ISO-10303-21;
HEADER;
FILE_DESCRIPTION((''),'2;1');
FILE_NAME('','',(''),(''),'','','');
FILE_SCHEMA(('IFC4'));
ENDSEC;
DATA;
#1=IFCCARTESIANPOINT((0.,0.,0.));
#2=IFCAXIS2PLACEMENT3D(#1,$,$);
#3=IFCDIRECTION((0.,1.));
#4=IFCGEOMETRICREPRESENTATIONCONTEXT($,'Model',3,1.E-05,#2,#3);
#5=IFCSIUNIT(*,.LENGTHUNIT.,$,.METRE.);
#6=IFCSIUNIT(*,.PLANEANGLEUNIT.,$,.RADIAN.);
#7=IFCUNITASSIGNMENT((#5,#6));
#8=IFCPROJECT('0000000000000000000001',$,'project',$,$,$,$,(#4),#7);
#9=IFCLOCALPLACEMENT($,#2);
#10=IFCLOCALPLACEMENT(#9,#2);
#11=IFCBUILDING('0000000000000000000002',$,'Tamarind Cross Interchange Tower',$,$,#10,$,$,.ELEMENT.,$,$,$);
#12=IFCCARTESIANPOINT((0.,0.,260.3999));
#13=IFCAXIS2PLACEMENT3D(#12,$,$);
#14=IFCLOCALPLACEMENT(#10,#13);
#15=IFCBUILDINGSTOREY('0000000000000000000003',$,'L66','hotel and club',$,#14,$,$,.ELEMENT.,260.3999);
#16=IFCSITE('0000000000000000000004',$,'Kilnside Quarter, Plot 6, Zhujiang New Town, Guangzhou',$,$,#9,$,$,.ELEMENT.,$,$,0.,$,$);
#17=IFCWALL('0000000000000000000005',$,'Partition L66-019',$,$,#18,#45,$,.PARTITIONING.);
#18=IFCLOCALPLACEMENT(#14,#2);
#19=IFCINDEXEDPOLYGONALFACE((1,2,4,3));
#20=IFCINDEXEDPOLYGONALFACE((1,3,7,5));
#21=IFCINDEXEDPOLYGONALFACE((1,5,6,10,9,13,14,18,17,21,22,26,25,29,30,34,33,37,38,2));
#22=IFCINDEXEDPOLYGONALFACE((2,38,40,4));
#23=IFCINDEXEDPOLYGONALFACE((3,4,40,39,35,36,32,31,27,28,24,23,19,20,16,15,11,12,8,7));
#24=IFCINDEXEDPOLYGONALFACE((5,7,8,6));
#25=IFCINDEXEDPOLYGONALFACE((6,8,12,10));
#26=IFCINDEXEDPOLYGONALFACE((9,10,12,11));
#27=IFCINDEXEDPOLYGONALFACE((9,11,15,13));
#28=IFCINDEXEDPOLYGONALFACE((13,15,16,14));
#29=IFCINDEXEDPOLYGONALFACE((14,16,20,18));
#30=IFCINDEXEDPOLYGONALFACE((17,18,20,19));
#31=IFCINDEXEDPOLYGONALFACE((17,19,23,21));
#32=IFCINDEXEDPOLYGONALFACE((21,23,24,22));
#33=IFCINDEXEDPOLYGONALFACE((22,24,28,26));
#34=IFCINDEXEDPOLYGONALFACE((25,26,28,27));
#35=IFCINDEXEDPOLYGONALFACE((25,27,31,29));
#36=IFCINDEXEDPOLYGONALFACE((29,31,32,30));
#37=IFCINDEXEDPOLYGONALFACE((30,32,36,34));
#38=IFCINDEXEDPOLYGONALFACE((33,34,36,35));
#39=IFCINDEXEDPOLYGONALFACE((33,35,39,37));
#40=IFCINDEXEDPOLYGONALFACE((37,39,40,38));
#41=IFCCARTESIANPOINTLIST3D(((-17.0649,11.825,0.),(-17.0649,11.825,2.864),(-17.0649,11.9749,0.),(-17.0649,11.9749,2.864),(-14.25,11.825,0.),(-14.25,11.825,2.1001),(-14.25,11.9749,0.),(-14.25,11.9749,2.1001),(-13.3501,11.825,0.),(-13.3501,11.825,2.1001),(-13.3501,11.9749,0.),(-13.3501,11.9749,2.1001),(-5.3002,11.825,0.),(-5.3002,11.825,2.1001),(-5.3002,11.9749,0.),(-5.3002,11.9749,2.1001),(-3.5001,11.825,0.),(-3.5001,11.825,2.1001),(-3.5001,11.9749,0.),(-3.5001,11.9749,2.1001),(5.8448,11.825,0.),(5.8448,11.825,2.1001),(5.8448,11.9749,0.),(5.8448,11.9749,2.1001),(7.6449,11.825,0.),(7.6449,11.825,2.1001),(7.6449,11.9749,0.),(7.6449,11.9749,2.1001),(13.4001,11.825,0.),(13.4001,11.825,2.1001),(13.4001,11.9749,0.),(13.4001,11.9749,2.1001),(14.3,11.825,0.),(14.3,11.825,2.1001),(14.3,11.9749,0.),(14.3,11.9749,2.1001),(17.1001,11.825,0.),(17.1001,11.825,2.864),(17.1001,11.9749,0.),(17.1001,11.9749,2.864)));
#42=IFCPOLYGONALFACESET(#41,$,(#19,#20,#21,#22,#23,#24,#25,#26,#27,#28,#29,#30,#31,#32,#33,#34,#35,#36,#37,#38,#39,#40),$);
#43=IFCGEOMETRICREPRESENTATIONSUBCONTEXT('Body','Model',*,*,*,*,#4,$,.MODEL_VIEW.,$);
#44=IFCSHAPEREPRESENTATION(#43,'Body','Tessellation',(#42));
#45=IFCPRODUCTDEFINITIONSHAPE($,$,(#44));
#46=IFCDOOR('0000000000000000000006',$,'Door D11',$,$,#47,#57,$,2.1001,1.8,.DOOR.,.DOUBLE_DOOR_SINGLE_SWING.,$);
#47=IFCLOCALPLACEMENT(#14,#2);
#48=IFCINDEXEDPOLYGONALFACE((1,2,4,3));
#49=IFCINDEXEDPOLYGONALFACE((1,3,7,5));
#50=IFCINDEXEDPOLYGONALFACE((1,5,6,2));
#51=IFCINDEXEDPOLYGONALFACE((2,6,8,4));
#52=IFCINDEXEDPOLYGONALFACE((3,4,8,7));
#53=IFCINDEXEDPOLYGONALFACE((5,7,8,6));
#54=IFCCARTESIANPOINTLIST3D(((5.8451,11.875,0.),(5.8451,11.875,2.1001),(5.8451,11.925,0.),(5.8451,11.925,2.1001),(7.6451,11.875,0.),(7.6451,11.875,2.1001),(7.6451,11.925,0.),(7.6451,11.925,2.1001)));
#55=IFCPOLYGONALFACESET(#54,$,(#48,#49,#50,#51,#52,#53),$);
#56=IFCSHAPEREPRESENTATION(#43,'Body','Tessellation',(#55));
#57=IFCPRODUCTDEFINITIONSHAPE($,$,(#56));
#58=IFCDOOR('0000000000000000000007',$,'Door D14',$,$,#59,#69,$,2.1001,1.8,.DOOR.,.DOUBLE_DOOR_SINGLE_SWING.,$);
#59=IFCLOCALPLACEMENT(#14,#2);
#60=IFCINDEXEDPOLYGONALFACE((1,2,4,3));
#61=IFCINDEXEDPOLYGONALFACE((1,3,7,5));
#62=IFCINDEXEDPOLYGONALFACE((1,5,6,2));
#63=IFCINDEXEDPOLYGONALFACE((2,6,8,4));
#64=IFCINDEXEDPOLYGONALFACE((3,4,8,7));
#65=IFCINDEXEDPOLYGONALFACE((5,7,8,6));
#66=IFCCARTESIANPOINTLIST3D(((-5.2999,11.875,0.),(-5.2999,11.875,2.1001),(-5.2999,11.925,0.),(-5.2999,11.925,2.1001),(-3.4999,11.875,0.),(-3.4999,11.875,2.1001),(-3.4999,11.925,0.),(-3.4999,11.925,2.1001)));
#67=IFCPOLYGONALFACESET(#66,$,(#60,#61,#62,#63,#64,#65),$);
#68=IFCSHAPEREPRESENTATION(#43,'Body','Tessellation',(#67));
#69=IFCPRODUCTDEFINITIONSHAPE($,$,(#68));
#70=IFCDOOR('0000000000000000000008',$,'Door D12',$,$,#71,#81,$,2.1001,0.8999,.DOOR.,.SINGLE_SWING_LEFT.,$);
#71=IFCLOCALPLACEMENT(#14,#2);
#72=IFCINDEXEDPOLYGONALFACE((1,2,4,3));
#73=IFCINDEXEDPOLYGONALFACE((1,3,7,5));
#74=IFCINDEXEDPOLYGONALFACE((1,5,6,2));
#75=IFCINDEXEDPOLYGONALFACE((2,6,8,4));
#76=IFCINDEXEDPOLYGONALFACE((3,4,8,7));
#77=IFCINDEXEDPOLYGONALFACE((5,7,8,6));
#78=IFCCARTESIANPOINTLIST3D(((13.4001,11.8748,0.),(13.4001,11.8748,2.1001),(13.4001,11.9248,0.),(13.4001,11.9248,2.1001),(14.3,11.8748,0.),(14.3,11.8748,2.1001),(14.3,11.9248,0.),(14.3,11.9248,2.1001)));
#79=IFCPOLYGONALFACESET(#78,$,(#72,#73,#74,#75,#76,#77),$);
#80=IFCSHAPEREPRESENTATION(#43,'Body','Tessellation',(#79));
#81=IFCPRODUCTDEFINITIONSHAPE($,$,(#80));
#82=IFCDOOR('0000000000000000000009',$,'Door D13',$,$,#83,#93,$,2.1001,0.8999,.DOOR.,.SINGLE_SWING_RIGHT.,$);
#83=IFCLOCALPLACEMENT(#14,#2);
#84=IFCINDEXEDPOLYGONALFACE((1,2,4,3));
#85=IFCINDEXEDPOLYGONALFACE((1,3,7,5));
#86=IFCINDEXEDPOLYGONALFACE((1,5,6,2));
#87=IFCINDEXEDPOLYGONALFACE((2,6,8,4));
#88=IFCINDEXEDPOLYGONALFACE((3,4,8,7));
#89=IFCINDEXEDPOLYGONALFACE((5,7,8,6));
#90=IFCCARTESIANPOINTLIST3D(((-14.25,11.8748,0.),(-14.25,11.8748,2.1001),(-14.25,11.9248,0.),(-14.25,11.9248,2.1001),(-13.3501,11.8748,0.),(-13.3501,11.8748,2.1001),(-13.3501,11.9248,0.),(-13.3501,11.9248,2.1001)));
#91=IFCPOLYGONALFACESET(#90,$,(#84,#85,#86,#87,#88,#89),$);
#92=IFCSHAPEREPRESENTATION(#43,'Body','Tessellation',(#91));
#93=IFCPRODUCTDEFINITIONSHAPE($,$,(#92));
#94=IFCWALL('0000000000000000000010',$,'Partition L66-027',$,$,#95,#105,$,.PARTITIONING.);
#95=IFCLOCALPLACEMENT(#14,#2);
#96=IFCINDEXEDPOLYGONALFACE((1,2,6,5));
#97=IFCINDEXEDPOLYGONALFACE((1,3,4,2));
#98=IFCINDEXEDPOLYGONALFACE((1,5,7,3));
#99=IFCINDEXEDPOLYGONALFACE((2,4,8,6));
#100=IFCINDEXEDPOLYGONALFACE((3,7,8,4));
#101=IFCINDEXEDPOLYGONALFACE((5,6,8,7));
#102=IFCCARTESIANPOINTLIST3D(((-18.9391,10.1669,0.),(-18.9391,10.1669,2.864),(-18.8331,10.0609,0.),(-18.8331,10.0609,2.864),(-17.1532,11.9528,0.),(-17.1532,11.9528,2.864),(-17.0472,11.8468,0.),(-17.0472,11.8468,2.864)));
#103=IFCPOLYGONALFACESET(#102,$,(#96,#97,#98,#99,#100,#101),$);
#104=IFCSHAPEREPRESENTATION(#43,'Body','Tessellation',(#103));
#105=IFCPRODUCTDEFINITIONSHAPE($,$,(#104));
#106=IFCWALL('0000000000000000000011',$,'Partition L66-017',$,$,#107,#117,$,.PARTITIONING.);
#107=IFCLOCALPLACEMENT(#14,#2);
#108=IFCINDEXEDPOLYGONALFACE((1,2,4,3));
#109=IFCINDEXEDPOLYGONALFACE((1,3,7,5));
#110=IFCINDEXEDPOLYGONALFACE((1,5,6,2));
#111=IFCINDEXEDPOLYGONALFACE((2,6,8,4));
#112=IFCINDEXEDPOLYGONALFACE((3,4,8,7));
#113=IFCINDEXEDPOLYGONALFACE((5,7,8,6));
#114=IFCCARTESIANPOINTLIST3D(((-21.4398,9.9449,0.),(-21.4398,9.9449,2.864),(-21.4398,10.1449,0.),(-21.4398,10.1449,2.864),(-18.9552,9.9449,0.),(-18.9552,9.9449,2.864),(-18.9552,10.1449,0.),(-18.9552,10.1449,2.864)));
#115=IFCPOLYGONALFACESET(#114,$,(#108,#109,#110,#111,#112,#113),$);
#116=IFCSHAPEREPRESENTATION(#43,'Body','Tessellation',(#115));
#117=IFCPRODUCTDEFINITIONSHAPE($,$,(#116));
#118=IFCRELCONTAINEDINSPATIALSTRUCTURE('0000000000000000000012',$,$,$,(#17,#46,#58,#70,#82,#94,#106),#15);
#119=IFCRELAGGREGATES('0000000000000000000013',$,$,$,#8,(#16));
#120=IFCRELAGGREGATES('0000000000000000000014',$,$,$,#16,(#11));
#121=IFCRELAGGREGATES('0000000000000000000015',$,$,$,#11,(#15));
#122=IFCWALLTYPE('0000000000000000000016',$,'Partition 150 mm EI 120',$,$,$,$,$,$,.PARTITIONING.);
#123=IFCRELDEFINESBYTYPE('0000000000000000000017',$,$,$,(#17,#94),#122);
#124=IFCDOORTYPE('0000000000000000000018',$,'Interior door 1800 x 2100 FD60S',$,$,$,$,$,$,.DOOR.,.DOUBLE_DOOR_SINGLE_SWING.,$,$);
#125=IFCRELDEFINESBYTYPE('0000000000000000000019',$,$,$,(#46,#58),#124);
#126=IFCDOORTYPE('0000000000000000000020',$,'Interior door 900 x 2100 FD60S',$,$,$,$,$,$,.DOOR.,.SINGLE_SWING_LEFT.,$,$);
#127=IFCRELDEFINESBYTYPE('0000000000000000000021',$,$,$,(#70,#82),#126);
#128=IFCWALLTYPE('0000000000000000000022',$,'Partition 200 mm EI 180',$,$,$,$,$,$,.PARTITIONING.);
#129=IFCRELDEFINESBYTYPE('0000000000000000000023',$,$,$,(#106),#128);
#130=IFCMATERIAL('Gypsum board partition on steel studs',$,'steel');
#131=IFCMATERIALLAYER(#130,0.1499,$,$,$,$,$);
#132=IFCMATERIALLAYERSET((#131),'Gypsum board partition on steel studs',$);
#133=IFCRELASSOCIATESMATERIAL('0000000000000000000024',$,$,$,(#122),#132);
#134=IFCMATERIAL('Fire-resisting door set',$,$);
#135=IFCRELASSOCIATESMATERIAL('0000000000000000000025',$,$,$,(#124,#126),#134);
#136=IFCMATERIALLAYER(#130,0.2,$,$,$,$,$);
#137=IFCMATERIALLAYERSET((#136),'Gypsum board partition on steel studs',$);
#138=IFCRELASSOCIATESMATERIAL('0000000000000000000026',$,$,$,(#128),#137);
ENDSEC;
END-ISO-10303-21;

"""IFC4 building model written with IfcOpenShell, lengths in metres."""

from ifc_helpers import new_model, si_unit, direction, frame, frame_2d, origin, place, context, subcontext, project, spatial, rectangle, extrude, material, layer, layer_set, type_object, element, fill, save


model = new_model("IFC4")

# Units and contexts
model_context = context("Model", 3, precision=1e-05, world=origin(), true_north=direction((0.0, 1.0)))
body_context = subcontext(model_context, "Body", "Model", "MODEL_VIEW")
ifc_project = project(units=[si_unit("LENGTHUNIT", "METRE"), si_unit("PLANEANGLEUNIT", "RADIAN")], contexts=[model_context])

# Site, building, storey
site_placement = place(None, origin())
site = spatial("IfcSite", under=ifc_project, at=site_placement, Name="Kilnside Quarter, Plot 6, Zhujiang New Town, Guangzhou", CompositionType="ELEMENT", RefElevation=0.0)
building_placement = place(site_placement, origin())
building = spatial("IfcBuilding", under=site, at=building_placement, Name="Tamarind Cross Interchange Tower", CompositionType="ELEMENT")
storey_placement = place(building_placement, frame((0.0, 0.0, 260.3999)))
storey = spatial("IfcBuildingStorey", under=building, at=storey_placement, Name="L66", Description="hotel and club", CompositionType="ELEMENT", Elevation=260.3999)

# Shared definitions
ifc_material_1 = material(Name="Gypsum board partition on steel studs", Category="steel")
ifc_layer_1 = layer(ifc_material_1, 0.1499)
ifc_layer_set_1 = layer_set([ifc_layer_1], Name="Gypsum board partition on steel studs")
wall_type_1 = type_object("IfcWallType", Name="Partition 150 mm EI 120", PredefinedType="PARTITIONING", material=ifc_layer_set_1)

# Wall, openings, doors
wall_1_placement = place(storey_placement, frame((-17.0649, 11.8999, 0.0), z_axis=(0.0, 0.0, 1.0), x_axis=(1.0, 0.0, 0.0)))
wall_1 = element("IfcWall", 1, at=wall_1_placement, inside=storey, type_object=wall_type_1, Name="Partition L66-019", PredefinedType="PARTITIONING", context=body_context, shape_type="SweptSolid", body=[
    extrude(rectangle(XDim=34.165, YDim=0.1499, at=frame_2d((17.0825, 0.0))), origin(), (0.0, 0.0, 1.0), 2.864),
])
opening_1_placement = place(wall_1_placement, frame((22.9099, 0.0, 0.0)))
opening_1 = element("IfcOpeningElement", 2, at=opening_1_placement, cuts=wall_1, PredefinedType="OPENING", context=body_context, shape_type="SweptSolid", body=[
    extrude(rectangle(XDim=1.8, YDim=2.1001, at=frame_2d((0.8999, 1.05))), frame((0.0, 0.085, 0.0), z_axis=(0.0, -1.0, 0.0), x_axis=(1.0, 0.0, 0.0)), (0.0, 0.0, 1.0), 0.1699),
])
opening_2_placement = place(wall_1_placement, frame((30.4651, 0.0, 0.0)))
opening_2 = element("IfcOpeningElement", 3, at=opening_2_placement, cuts=wall_1, PredefinedType="OPENING", context=body_context, shape_type="SweptSolid", body=[
    extrude(rectangle(XDim=0.8999, YDim=2.1001, at=frame_2d((0.45, 1.05))), frame((0.0, 0.085, 0.0), z_axis=(0.0, -1.0, 0.0), x_axis=(1.0, 0.0, 0.0)), (0.0, 0.0, 1.0), 0.1699),
])
opening_3_placement = place(wall_1_placement, frame((2.8149, 0.0, 0.0)))
opening_3 = element("IfcOpeningElement", 4, at=opening_3_placement, cuts=wall_1, PredefinedType="OPENING", context=body_context, shape_type="SweptSolid", body=[
    extrude(rectangle(XDim=0.8999, YDim=2.1001, at=frame_2d((0.45, 1.05))), frame((0.0, 0.085, 0.0), z_axis=(0.0, -1.0, 0.0), x_axis=(1.0, 0.0, 0.0)), (0.0, 0.0, 1.0), 0.1699),
])
opening_4_placement = place(wall_1_placement, frame((11.7649, 0.0, 0.0)))
opening_4 = element("IfcOpeningElement", 5, at=opening_4_placement, cuts=wall_1, PredefinedType="OPENING", context=body_context, shape_type="SweptSolid", body=[
    extrude(rectangle(XDim=1.8, YDim=2.1001, at=frame_2d((0.8999, 1.05))), frame((0.0, 0.085, 0.0), z_axis=(0.0, -1.0, 0.0), x_axis=(1.0, 0.0, 0.0)), (0.0, 0.0, 1.0), 0.1699),
])
ifc_material_2 = material(Name="Fire-resisting door set")
door_type_1 = type_object("IfcDoorType", Name="Interior door 1800 x 2100 FD60S", OperationType="DOUBLE_DOOR_SINGLE_SWING", PredefinedType="DOOR", material=ifc_material_2)
door_1_placement = place(opening_1_placement, frame((1.8, 0.0, 0.0), z_axis=(0.0, 0.0, 1.0), x_axis=(-1.0, 0.0, 0.0)))
door_1 = element("IfcDoor", 6, at=door_1_placement, inside=storey, type_object=door_type_1, Name="Door D11", OperationType="DOUBLE_DOOR_SINGLE_SWING", OverallHeight=2.1001, OverallWidth=1.8, PredefinedType="DOOR", context=body_context, shape_type="SweptSolid", body=[
    extrude(rectangle(XDim=1.8, YDim=2.1001, at=frame_2d((0.8999, 1.05))), frame((0.0, 0.0249, 0.0), z_axis=(0.0, -1.0, 0.0), x_axis=(1.0, 0.0, 0.0)), (0.0, 0.0, 1.0), 0.05),
])
fill(opening_1, door_1)
door_2_placement = place(opening_4_placement, frame((1.8, 0.0, 0.0), z_axis=(0.0, 0.0, 1.0), x_axis=(-1.0, 0.0, 0.0)))
door_2 = element("IfcDoor", 7, at=door_2_placement, inside=storey, type_object=door_type_1, Name="Door D14", OperationType="DOUBLE_DOOR_SINGLE_SWING", OverallHeight=2.1001, OverallWidth=1.8, PredefinedType="DOOR", context=body_context, shape_type="SweptSolid", body=[
    extrude(rectangle(XDim=1.8, YDim=2.1001, at=frame_2d((0.8999, 1.05))), frame((0.0, 0.0249, 0.0), z_axis=(0.0, -1.0, 0.0), x_axis=(1.0, 0.0, 0.0)), (0.0, 0.0, 1.0), 0.05),
])
fill(opening_4, door_2)
door_type_2 = type_object("IfcDoorType", Name="Interior door 900 x 2100 FD60S", OperationType="SINGLE_SWING_LEFT", PredefinedType="DOOR", material=ifc_material_2)
door_3_placement = place(opening_2_placement, origin())
door_3 = element("IfcDoor", 8, at=door_3_placement, inside=storey, type_object=door_type_2, Name="Door D12", OperationType="SINGLE_SWING_LEFT", OverallHeight=2.1001, OverallWidth=0.8999, PredefinedType="DOOR", context=body_context, shape_type="SweptSolid", body=[
    extrude(rectangle(XDim=0.8999, YDim=2.1001, at=frame_2d((0.45, 1.05))), frame((0.0, 0.0249, 0.0), z_axis=(0.0, -1.0, 0.0), x_axis=(1.0, 0.0, 0.0)), (0.0, 0.0, 1.0), 0.05),
])
fill(opening_2, door_3)
door_4_placement = place(opening_3_placement, origin())
door_4 = element("IfcDoor", 9, at=door_4_placement, inside=storey, type_object=door_type_2, Name="Door D13", OperationType="SINGLE_SWING_RIGHT", OverallHeight=2.1001, OverallWidth=0.8999, PredefinedType="DOOR", context=body_context, shape_type="SweptSolid", body=[
    extrude(rectangle(XDim=0.8999, YDim=2.1001, at=frame_2d((0.45, 1.05))), frame((0.0, 0.0249, 0.0), z_axis=(0.0, -1.0, 0.0), x_axis=(1.0, 0.0, 0.0)), (0.0, 0.0, 1.0), 0.05),
])
fill(opening_3, door_4)

# Walls
wall_2_placement = place(storey_placement, frame((-18.886, 10.114, 0.0), z_axis=(0.0, 0.0, 1.0), x_axis=(0.707107, 0.707107, 0.0)))
element("IfcWall", 10, at=wall_2_placement, inside=storey, type_object=wall_type_1, Name="Partition L66-027", PredefinedType="PARTITIONING", context=body_context, shape_type="SweptSolid", body=[
    extrude(rectangle(XDim=2.5256, YDim=0.1499, at=frame_2d((1.2627, 0.0))), origin(), (0.0, 0.0, 1.0), 2.864),
])
ifc_layer_2 = layer(ifc_material_1, 0.2)
ifc_layer_set_2 = layer_set([ifc_layer_2], Name="Gypsum board partition on steel studs")
wall_type_2 = type_object("IfcWallType", Name="Partition 200 mm EI 180", PredefinedType="PARTITIONING", material=ifc_layer_set_2)
wall_3_placement = place(storey_placement, frame((-21.4397, 10.0449, 0.0), z_axis=(0.0, 0.0, 1.0), x_axis=(1.0, 0.0, 0.0)))
element("IfcWall", 11, at=wall_3_placement, inside=storey, type_object=wall_type_2, Name="Partition L66-017", PredefinedType="PARTITIONING", context=body_context, shape_type="SweptSolid", body=[
    extrude(rectangle(XDim=2.4846, YDim=0.2, at=frame_2d((1.2422, 0.0))), origin(), (0.0, 0.0, 1.0), 2.864),
])

save(model, "model.ifc")
